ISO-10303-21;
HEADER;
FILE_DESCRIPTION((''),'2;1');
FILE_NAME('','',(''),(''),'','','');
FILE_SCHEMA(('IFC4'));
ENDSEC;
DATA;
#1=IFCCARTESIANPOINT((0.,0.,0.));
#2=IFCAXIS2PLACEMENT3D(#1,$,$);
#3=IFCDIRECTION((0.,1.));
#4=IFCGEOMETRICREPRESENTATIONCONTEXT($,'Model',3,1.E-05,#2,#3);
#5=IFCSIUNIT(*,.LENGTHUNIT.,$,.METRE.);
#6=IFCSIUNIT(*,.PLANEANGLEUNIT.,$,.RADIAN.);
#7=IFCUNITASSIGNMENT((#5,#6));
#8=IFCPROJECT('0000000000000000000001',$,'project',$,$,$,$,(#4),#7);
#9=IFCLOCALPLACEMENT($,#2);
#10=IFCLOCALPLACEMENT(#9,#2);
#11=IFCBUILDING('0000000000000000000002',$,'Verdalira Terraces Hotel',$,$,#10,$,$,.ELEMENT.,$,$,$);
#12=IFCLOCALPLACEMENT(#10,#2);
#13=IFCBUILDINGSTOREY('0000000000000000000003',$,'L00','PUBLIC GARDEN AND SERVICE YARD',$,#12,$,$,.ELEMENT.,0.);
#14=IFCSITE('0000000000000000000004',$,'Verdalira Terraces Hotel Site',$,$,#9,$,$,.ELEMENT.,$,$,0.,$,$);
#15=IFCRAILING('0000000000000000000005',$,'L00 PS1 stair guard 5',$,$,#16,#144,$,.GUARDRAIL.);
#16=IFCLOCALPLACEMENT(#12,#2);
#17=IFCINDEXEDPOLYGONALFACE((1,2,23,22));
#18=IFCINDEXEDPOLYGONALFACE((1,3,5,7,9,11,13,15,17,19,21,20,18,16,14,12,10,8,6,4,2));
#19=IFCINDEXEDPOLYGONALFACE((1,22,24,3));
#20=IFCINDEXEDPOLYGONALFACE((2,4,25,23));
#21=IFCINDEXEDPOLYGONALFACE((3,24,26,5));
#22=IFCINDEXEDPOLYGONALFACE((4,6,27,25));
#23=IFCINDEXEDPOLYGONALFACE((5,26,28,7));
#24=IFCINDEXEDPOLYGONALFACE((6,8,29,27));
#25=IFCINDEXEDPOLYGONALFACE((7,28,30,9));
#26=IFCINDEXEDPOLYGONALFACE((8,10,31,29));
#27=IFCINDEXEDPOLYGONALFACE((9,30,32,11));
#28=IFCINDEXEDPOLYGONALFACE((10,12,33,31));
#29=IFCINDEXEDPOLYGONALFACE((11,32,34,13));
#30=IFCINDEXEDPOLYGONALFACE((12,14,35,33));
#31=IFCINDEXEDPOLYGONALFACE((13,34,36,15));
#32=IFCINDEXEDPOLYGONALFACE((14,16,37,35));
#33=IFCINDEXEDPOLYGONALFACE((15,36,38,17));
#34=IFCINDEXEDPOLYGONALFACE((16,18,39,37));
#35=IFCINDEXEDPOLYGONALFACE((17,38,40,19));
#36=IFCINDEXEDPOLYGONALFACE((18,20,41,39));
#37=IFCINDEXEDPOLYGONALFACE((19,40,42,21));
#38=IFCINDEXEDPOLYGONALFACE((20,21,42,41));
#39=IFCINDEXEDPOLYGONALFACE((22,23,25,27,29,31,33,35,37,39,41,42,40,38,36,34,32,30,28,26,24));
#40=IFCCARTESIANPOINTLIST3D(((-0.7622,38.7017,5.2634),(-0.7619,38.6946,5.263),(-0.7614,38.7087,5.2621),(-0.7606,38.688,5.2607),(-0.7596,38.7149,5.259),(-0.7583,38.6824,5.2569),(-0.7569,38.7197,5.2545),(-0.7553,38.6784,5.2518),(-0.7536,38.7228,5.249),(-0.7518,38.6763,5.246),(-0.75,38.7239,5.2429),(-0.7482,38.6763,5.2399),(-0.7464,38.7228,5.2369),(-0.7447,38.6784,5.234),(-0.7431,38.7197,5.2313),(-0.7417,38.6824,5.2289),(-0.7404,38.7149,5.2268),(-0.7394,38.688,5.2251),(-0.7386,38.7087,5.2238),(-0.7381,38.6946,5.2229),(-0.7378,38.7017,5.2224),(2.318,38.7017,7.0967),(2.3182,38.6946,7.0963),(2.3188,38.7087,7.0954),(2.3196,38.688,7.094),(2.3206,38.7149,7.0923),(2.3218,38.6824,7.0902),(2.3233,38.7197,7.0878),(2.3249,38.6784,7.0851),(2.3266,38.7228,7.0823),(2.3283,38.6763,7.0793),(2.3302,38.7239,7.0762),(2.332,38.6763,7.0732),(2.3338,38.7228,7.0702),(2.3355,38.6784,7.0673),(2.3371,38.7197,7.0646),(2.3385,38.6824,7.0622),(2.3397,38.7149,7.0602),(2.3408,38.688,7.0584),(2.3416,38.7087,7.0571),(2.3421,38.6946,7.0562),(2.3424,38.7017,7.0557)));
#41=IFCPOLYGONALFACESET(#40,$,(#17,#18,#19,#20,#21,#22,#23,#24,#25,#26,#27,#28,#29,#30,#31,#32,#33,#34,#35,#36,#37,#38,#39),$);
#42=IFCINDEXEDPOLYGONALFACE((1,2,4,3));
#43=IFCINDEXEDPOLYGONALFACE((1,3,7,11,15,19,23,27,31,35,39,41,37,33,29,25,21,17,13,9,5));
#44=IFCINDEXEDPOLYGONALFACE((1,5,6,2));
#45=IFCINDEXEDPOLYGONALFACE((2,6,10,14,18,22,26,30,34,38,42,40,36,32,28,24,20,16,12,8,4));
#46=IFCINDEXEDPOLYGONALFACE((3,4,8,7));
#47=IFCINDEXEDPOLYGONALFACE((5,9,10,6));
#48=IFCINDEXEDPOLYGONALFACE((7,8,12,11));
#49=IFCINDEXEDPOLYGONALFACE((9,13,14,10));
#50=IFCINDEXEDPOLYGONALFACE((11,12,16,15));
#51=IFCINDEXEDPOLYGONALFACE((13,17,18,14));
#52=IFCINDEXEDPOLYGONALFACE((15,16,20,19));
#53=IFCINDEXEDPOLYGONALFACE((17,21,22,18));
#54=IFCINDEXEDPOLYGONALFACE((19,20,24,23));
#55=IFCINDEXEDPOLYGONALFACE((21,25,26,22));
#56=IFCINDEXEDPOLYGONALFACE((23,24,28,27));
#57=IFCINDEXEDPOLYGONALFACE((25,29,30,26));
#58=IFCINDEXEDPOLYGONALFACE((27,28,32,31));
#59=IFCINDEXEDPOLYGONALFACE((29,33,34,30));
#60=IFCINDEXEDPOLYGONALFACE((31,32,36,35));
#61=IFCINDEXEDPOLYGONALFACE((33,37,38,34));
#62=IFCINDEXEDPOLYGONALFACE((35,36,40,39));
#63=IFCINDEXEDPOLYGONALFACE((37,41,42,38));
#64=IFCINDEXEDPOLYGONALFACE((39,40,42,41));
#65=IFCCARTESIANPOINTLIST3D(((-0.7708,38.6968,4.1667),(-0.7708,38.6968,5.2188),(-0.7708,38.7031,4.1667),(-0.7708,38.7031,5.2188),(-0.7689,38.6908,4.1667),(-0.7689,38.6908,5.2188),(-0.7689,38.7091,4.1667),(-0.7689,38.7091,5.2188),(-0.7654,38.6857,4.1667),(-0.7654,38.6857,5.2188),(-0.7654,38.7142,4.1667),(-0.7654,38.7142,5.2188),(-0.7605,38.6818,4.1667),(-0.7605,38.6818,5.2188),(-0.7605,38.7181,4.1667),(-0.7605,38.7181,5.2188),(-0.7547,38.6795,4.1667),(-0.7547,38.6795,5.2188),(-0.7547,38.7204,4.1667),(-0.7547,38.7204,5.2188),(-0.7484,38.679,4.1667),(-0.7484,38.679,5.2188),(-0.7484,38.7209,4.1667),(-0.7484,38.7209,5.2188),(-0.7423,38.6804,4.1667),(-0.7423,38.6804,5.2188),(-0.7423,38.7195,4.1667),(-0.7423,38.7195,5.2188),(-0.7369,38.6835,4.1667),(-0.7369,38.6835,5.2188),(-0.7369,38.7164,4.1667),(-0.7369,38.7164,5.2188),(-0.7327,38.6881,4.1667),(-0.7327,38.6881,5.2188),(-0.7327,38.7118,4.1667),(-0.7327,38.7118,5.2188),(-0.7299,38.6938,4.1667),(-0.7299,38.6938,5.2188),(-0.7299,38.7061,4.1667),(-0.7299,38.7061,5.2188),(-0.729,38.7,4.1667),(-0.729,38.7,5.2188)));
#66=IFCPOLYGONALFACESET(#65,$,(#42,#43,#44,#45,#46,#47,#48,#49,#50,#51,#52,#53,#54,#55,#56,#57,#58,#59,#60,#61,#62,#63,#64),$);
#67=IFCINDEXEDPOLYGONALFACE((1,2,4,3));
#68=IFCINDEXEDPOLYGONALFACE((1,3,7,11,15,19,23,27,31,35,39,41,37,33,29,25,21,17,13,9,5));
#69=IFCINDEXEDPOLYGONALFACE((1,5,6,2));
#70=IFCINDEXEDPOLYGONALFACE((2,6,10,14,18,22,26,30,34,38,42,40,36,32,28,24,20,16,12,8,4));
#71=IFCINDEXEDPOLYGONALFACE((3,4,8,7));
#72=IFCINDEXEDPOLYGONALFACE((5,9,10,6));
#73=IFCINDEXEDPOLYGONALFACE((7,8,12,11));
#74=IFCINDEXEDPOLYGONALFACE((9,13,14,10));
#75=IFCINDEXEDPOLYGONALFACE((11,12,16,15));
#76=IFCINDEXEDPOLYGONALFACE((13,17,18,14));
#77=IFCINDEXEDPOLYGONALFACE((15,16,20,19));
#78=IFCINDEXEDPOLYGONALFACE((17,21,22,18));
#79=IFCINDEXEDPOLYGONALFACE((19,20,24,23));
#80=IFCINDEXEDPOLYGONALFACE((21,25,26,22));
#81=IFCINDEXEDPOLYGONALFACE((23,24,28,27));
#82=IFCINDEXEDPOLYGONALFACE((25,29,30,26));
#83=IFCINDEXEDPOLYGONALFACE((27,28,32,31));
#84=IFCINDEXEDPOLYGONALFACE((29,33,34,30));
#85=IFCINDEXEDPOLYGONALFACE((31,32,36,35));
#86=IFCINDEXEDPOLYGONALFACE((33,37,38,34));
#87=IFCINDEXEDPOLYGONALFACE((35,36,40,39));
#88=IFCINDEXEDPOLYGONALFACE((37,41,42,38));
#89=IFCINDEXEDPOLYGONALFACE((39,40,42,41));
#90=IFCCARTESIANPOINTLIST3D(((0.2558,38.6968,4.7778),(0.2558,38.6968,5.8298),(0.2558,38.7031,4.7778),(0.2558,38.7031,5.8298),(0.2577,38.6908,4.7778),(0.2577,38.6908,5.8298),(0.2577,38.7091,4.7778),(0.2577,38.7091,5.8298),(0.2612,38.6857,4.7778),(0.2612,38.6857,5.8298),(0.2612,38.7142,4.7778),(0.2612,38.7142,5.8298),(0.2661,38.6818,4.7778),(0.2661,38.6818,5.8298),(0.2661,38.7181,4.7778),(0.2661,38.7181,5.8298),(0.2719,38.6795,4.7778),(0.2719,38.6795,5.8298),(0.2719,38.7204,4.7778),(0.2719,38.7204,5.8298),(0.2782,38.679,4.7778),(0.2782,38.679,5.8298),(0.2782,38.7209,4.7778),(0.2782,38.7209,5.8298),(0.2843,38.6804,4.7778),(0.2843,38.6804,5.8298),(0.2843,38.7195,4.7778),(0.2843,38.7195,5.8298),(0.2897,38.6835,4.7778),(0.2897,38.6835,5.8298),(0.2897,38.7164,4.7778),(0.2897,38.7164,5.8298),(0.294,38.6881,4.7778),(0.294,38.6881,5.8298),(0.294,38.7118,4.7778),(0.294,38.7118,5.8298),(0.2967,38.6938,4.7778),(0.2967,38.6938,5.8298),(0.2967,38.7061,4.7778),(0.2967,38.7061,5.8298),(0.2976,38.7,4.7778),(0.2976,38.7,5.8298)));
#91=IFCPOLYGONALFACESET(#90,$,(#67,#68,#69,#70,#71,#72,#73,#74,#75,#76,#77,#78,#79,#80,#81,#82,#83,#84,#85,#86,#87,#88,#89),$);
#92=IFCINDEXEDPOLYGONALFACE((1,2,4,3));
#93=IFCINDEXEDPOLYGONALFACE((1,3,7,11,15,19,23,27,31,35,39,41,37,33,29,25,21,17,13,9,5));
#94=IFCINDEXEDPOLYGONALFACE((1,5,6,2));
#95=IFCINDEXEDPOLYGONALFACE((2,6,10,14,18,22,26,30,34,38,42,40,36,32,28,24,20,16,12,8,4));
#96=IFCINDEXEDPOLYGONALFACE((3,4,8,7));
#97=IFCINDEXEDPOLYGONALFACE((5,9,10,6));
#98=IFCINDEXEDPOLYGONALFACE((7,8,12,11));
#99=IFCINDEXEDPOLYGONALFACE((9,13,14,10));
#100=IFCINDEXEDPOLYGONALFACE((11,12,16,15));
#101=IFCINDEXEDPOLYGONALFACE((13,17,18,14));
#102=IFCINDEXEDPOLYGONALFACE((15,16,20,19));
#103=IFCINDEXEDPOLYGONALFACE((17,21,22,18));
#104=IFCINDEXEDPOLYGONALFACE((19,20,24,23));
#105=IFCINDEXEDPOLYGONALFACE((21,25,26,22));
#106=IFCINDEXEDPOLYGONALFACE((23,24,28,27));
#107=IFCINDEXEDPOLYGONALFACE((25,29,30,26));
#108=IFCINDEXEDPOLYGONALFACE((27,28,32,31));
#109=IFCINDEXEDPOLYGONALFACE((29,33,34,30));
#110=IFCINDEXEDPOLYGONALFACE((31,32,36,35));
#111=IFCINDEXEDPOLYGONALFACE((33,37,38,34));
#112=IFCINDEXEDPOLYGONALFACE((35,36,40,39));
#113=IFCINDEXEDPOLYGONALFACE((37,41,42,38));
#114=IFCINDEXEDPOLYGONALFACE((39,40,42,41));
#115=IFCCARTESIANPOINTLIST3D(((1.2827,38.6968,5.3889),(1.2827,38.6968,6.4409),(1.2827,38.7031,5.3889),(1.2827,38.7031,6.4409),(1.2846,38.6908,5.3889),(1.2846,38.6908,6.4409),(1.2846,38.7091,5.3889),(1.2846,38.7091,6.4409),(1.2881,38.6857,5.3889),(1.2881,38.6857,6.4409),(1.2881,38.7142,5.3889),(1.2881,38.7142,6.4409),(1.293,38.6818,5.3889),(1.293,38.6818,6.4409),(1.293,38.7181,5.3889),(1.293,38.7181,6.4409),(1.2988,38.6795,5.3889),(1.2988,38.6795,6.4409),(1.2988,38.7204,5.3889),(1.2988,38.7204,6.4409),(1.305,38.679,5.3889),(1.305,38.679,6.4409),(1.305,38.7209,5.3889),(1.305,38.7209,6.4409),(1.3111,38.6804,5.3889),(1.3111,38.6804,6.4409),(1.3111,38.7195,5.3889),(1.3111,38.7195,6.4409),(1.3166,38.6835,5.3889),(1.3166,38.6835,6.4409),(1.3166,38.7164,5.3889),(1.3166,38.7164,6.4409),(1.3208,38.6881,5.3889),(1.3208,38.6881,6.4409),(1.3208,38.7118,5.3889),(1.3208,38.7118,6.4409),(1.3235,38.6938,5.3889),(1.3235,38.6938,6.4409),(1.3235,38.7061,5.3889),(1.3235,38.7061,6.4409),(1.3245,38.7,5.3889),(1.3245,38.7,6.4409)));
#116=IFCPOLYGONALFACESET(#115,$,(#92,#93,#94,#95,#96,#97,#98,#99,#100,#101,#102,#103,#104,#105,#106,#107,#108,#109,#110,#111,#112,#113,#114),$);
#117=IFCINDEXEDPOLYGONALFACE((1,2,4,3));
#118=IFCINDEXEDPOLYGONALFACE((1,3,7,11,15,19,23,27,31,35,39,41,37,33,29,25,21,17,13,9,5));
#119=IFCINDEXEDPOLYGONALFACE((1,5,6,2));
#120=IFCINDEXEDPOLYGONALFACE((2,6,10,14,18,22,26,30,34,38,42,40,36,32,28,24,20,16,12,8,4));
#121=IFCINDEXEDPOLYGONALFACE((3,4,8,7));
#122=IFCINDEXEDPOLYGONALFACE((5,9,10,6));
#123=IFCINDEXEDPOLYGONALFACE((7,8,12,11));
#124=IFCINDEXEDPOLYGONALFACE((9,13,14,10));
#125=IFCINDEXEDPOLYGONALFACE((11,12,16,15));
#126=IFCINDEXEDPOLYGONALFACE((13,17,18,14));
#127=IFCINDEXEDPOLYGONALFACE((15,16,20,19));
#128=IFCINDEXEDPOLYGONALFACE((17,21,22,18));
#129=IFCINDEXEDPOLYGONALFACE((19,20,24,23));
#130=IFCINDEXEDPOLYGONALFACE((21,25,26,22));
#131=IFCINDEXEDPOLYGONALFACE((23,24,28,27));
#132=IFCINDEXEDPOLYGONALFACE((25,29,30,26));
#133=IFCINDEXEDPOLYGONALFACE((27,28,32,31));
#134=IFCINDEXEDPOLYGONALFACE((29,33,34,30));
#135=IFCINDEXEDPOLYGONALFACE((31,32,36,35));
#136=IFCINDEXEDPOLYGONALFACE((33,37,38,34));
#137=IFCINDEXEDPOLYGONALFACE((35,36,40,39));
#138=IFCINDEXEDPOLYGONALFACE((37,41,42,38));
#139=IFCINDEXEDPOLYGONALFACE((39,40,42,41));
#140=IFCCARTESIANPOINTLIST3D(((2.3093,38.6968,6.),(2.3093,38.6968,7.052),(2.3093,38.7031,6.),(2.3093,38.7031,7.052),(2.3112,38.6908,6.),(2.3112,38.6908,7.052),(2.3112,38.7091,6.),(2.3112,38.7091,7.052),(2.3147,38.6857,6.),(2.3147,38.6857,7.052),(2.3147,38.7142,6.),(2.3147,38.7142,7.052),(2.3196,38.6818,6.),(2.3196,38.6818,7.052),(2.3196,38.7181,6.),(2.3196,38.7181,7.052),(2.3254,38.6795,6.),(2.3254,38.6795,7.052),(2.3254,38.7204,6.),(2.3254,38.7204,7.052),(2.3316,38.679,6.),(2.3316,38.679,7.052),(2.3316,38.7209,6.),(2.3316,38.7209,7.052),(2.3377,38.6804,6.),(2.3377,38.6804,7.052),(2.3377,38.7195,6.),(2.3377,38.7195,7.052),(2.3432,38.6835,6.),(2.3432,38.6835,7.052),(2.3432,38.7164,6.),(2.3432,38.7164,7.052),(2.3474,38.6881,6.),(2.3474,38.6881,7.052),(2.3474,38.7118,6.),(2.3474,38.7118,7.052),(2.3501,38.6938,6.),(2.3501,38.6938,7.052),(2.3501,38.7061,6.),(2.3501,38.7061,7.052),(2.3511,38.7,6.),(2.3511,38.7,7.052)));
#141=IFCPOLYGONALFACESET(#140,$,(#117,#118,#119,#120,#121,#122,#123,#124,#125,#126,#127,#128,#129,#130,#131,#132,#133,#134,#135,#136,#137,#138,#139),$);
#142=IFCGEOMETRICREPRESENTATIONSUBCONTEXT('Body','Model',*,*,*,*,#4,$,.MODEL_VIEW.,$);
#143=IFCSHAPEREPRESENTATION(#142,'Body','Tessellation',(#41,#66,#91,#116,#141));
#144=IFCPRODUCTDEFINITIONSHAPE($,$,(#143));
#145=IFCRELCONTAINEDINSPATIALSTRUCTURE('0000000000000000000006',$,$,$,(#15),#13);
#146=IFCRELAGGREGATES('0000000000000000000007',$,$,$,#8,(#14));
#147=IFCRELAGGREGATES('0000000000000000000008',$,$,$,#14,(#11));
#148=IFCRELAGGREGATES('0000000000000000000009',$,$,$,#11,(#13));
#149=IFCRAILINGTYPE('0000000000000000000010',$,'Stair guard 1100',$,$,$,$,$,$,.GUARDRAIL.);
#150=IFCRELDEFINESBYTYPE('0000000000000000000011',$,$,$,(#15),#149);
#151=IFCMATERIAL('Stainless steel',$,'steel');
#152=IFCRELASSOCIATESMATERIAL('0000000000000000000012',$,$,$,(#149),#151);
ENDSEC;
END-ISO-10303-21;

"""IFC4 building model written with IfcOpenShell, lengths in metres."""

from ifc_helpers import new_model, si_unit, direction, frame, origin, origin_2d, place, context, subcontext, project, spatial, circle, extrude, material, type_object, element, save


model = new_model("IFC4")

# Units and contexts
model_context = context("Model", 3, precision=1e-05, world=origin(), true_north=direction((0.0, 1.0)))
body_context = subcontext(model_context, "Body", "Model", "MODEL_VIEW")
ifc_project = project(units=[si_unit("LENGTHUNIT", "METRE"), si_unit("PLANEANGLEUNIT", "RADIAN")], contexts=[model_context])

# Site, building, storey
site_placement = place(None, origin())
site = spatial("IfcSite", under=ifc_project, at=site_placement, Name="Verdalira Terraces Hotel Site", CompositionType="ELEMENT", RefElevation=0.0)
building_placement = place(site_placement, origin())
building = spatial("IfcBuilding", under=site, at=building_placement, Name="Verdalira Terraces Hotel", CompositionType="ELEMENT")
storey_placement = place(building_placement, origin())
storey = spatial("IfcBuildingStorey", under=building, at=storey_placement, Name="L00", Description="PUBLIC GARDEN AND SERVICE YARD", CompositionType="ELEMENT", Elevation=0.0)

# Railing
ifc_material_1 = material(Name="Stainless steel", Category="steel")
railing_type_1 = type_object("IfcRailingType", Name="Stair guard 1100", PredefinedType="GUARDRAIL", material=ifc_material_1)
railing_1_placement = place(storey_placement, frame((-0.75, 38.7, 4.1667)))
element("IfcRailing", 1, at=railing_1_placement, inside=storey, type_object=railing_type_1, Name="L00 PS1 stair guard 5", PredefinedType="GUARDRAIL", context=body_context, shape_type="SweptSolid", body=[
    extrude(circle(Radius=0.0239, at=origin_2d()), frame((0.0, 0.0, 1.0762), z_axis=(0.859309, 0.0, 0.511458), x_axis=(0.0, 1.0, 0.0)), (0.0, 0.0, 1.0), 3.5845),
    extrude(circle(Radius=0.021, at=origin_2d()), origin(), (0.0, 0.0, 1.0), 1.052),
    extrude(circle(Radius=0.021, at=origin_2d()), frame((1.0266, 0.0, 0.6111)), (0.0, 0.0, 1.0), 1.052),
    extrude(circle(Radius=0.021, at=origin_2d()), frame((2.0535, 0.0, 1.2222)), (0.0, 0.0, 1.0), 1.052),
    extrude(circle(Radius=0.021, at=origin_2d()), frame((3.0801, 0.0, 1.8333)), (0.0, 0.0, 1.0), 1.052),
])

save(model, "model.ifc")
